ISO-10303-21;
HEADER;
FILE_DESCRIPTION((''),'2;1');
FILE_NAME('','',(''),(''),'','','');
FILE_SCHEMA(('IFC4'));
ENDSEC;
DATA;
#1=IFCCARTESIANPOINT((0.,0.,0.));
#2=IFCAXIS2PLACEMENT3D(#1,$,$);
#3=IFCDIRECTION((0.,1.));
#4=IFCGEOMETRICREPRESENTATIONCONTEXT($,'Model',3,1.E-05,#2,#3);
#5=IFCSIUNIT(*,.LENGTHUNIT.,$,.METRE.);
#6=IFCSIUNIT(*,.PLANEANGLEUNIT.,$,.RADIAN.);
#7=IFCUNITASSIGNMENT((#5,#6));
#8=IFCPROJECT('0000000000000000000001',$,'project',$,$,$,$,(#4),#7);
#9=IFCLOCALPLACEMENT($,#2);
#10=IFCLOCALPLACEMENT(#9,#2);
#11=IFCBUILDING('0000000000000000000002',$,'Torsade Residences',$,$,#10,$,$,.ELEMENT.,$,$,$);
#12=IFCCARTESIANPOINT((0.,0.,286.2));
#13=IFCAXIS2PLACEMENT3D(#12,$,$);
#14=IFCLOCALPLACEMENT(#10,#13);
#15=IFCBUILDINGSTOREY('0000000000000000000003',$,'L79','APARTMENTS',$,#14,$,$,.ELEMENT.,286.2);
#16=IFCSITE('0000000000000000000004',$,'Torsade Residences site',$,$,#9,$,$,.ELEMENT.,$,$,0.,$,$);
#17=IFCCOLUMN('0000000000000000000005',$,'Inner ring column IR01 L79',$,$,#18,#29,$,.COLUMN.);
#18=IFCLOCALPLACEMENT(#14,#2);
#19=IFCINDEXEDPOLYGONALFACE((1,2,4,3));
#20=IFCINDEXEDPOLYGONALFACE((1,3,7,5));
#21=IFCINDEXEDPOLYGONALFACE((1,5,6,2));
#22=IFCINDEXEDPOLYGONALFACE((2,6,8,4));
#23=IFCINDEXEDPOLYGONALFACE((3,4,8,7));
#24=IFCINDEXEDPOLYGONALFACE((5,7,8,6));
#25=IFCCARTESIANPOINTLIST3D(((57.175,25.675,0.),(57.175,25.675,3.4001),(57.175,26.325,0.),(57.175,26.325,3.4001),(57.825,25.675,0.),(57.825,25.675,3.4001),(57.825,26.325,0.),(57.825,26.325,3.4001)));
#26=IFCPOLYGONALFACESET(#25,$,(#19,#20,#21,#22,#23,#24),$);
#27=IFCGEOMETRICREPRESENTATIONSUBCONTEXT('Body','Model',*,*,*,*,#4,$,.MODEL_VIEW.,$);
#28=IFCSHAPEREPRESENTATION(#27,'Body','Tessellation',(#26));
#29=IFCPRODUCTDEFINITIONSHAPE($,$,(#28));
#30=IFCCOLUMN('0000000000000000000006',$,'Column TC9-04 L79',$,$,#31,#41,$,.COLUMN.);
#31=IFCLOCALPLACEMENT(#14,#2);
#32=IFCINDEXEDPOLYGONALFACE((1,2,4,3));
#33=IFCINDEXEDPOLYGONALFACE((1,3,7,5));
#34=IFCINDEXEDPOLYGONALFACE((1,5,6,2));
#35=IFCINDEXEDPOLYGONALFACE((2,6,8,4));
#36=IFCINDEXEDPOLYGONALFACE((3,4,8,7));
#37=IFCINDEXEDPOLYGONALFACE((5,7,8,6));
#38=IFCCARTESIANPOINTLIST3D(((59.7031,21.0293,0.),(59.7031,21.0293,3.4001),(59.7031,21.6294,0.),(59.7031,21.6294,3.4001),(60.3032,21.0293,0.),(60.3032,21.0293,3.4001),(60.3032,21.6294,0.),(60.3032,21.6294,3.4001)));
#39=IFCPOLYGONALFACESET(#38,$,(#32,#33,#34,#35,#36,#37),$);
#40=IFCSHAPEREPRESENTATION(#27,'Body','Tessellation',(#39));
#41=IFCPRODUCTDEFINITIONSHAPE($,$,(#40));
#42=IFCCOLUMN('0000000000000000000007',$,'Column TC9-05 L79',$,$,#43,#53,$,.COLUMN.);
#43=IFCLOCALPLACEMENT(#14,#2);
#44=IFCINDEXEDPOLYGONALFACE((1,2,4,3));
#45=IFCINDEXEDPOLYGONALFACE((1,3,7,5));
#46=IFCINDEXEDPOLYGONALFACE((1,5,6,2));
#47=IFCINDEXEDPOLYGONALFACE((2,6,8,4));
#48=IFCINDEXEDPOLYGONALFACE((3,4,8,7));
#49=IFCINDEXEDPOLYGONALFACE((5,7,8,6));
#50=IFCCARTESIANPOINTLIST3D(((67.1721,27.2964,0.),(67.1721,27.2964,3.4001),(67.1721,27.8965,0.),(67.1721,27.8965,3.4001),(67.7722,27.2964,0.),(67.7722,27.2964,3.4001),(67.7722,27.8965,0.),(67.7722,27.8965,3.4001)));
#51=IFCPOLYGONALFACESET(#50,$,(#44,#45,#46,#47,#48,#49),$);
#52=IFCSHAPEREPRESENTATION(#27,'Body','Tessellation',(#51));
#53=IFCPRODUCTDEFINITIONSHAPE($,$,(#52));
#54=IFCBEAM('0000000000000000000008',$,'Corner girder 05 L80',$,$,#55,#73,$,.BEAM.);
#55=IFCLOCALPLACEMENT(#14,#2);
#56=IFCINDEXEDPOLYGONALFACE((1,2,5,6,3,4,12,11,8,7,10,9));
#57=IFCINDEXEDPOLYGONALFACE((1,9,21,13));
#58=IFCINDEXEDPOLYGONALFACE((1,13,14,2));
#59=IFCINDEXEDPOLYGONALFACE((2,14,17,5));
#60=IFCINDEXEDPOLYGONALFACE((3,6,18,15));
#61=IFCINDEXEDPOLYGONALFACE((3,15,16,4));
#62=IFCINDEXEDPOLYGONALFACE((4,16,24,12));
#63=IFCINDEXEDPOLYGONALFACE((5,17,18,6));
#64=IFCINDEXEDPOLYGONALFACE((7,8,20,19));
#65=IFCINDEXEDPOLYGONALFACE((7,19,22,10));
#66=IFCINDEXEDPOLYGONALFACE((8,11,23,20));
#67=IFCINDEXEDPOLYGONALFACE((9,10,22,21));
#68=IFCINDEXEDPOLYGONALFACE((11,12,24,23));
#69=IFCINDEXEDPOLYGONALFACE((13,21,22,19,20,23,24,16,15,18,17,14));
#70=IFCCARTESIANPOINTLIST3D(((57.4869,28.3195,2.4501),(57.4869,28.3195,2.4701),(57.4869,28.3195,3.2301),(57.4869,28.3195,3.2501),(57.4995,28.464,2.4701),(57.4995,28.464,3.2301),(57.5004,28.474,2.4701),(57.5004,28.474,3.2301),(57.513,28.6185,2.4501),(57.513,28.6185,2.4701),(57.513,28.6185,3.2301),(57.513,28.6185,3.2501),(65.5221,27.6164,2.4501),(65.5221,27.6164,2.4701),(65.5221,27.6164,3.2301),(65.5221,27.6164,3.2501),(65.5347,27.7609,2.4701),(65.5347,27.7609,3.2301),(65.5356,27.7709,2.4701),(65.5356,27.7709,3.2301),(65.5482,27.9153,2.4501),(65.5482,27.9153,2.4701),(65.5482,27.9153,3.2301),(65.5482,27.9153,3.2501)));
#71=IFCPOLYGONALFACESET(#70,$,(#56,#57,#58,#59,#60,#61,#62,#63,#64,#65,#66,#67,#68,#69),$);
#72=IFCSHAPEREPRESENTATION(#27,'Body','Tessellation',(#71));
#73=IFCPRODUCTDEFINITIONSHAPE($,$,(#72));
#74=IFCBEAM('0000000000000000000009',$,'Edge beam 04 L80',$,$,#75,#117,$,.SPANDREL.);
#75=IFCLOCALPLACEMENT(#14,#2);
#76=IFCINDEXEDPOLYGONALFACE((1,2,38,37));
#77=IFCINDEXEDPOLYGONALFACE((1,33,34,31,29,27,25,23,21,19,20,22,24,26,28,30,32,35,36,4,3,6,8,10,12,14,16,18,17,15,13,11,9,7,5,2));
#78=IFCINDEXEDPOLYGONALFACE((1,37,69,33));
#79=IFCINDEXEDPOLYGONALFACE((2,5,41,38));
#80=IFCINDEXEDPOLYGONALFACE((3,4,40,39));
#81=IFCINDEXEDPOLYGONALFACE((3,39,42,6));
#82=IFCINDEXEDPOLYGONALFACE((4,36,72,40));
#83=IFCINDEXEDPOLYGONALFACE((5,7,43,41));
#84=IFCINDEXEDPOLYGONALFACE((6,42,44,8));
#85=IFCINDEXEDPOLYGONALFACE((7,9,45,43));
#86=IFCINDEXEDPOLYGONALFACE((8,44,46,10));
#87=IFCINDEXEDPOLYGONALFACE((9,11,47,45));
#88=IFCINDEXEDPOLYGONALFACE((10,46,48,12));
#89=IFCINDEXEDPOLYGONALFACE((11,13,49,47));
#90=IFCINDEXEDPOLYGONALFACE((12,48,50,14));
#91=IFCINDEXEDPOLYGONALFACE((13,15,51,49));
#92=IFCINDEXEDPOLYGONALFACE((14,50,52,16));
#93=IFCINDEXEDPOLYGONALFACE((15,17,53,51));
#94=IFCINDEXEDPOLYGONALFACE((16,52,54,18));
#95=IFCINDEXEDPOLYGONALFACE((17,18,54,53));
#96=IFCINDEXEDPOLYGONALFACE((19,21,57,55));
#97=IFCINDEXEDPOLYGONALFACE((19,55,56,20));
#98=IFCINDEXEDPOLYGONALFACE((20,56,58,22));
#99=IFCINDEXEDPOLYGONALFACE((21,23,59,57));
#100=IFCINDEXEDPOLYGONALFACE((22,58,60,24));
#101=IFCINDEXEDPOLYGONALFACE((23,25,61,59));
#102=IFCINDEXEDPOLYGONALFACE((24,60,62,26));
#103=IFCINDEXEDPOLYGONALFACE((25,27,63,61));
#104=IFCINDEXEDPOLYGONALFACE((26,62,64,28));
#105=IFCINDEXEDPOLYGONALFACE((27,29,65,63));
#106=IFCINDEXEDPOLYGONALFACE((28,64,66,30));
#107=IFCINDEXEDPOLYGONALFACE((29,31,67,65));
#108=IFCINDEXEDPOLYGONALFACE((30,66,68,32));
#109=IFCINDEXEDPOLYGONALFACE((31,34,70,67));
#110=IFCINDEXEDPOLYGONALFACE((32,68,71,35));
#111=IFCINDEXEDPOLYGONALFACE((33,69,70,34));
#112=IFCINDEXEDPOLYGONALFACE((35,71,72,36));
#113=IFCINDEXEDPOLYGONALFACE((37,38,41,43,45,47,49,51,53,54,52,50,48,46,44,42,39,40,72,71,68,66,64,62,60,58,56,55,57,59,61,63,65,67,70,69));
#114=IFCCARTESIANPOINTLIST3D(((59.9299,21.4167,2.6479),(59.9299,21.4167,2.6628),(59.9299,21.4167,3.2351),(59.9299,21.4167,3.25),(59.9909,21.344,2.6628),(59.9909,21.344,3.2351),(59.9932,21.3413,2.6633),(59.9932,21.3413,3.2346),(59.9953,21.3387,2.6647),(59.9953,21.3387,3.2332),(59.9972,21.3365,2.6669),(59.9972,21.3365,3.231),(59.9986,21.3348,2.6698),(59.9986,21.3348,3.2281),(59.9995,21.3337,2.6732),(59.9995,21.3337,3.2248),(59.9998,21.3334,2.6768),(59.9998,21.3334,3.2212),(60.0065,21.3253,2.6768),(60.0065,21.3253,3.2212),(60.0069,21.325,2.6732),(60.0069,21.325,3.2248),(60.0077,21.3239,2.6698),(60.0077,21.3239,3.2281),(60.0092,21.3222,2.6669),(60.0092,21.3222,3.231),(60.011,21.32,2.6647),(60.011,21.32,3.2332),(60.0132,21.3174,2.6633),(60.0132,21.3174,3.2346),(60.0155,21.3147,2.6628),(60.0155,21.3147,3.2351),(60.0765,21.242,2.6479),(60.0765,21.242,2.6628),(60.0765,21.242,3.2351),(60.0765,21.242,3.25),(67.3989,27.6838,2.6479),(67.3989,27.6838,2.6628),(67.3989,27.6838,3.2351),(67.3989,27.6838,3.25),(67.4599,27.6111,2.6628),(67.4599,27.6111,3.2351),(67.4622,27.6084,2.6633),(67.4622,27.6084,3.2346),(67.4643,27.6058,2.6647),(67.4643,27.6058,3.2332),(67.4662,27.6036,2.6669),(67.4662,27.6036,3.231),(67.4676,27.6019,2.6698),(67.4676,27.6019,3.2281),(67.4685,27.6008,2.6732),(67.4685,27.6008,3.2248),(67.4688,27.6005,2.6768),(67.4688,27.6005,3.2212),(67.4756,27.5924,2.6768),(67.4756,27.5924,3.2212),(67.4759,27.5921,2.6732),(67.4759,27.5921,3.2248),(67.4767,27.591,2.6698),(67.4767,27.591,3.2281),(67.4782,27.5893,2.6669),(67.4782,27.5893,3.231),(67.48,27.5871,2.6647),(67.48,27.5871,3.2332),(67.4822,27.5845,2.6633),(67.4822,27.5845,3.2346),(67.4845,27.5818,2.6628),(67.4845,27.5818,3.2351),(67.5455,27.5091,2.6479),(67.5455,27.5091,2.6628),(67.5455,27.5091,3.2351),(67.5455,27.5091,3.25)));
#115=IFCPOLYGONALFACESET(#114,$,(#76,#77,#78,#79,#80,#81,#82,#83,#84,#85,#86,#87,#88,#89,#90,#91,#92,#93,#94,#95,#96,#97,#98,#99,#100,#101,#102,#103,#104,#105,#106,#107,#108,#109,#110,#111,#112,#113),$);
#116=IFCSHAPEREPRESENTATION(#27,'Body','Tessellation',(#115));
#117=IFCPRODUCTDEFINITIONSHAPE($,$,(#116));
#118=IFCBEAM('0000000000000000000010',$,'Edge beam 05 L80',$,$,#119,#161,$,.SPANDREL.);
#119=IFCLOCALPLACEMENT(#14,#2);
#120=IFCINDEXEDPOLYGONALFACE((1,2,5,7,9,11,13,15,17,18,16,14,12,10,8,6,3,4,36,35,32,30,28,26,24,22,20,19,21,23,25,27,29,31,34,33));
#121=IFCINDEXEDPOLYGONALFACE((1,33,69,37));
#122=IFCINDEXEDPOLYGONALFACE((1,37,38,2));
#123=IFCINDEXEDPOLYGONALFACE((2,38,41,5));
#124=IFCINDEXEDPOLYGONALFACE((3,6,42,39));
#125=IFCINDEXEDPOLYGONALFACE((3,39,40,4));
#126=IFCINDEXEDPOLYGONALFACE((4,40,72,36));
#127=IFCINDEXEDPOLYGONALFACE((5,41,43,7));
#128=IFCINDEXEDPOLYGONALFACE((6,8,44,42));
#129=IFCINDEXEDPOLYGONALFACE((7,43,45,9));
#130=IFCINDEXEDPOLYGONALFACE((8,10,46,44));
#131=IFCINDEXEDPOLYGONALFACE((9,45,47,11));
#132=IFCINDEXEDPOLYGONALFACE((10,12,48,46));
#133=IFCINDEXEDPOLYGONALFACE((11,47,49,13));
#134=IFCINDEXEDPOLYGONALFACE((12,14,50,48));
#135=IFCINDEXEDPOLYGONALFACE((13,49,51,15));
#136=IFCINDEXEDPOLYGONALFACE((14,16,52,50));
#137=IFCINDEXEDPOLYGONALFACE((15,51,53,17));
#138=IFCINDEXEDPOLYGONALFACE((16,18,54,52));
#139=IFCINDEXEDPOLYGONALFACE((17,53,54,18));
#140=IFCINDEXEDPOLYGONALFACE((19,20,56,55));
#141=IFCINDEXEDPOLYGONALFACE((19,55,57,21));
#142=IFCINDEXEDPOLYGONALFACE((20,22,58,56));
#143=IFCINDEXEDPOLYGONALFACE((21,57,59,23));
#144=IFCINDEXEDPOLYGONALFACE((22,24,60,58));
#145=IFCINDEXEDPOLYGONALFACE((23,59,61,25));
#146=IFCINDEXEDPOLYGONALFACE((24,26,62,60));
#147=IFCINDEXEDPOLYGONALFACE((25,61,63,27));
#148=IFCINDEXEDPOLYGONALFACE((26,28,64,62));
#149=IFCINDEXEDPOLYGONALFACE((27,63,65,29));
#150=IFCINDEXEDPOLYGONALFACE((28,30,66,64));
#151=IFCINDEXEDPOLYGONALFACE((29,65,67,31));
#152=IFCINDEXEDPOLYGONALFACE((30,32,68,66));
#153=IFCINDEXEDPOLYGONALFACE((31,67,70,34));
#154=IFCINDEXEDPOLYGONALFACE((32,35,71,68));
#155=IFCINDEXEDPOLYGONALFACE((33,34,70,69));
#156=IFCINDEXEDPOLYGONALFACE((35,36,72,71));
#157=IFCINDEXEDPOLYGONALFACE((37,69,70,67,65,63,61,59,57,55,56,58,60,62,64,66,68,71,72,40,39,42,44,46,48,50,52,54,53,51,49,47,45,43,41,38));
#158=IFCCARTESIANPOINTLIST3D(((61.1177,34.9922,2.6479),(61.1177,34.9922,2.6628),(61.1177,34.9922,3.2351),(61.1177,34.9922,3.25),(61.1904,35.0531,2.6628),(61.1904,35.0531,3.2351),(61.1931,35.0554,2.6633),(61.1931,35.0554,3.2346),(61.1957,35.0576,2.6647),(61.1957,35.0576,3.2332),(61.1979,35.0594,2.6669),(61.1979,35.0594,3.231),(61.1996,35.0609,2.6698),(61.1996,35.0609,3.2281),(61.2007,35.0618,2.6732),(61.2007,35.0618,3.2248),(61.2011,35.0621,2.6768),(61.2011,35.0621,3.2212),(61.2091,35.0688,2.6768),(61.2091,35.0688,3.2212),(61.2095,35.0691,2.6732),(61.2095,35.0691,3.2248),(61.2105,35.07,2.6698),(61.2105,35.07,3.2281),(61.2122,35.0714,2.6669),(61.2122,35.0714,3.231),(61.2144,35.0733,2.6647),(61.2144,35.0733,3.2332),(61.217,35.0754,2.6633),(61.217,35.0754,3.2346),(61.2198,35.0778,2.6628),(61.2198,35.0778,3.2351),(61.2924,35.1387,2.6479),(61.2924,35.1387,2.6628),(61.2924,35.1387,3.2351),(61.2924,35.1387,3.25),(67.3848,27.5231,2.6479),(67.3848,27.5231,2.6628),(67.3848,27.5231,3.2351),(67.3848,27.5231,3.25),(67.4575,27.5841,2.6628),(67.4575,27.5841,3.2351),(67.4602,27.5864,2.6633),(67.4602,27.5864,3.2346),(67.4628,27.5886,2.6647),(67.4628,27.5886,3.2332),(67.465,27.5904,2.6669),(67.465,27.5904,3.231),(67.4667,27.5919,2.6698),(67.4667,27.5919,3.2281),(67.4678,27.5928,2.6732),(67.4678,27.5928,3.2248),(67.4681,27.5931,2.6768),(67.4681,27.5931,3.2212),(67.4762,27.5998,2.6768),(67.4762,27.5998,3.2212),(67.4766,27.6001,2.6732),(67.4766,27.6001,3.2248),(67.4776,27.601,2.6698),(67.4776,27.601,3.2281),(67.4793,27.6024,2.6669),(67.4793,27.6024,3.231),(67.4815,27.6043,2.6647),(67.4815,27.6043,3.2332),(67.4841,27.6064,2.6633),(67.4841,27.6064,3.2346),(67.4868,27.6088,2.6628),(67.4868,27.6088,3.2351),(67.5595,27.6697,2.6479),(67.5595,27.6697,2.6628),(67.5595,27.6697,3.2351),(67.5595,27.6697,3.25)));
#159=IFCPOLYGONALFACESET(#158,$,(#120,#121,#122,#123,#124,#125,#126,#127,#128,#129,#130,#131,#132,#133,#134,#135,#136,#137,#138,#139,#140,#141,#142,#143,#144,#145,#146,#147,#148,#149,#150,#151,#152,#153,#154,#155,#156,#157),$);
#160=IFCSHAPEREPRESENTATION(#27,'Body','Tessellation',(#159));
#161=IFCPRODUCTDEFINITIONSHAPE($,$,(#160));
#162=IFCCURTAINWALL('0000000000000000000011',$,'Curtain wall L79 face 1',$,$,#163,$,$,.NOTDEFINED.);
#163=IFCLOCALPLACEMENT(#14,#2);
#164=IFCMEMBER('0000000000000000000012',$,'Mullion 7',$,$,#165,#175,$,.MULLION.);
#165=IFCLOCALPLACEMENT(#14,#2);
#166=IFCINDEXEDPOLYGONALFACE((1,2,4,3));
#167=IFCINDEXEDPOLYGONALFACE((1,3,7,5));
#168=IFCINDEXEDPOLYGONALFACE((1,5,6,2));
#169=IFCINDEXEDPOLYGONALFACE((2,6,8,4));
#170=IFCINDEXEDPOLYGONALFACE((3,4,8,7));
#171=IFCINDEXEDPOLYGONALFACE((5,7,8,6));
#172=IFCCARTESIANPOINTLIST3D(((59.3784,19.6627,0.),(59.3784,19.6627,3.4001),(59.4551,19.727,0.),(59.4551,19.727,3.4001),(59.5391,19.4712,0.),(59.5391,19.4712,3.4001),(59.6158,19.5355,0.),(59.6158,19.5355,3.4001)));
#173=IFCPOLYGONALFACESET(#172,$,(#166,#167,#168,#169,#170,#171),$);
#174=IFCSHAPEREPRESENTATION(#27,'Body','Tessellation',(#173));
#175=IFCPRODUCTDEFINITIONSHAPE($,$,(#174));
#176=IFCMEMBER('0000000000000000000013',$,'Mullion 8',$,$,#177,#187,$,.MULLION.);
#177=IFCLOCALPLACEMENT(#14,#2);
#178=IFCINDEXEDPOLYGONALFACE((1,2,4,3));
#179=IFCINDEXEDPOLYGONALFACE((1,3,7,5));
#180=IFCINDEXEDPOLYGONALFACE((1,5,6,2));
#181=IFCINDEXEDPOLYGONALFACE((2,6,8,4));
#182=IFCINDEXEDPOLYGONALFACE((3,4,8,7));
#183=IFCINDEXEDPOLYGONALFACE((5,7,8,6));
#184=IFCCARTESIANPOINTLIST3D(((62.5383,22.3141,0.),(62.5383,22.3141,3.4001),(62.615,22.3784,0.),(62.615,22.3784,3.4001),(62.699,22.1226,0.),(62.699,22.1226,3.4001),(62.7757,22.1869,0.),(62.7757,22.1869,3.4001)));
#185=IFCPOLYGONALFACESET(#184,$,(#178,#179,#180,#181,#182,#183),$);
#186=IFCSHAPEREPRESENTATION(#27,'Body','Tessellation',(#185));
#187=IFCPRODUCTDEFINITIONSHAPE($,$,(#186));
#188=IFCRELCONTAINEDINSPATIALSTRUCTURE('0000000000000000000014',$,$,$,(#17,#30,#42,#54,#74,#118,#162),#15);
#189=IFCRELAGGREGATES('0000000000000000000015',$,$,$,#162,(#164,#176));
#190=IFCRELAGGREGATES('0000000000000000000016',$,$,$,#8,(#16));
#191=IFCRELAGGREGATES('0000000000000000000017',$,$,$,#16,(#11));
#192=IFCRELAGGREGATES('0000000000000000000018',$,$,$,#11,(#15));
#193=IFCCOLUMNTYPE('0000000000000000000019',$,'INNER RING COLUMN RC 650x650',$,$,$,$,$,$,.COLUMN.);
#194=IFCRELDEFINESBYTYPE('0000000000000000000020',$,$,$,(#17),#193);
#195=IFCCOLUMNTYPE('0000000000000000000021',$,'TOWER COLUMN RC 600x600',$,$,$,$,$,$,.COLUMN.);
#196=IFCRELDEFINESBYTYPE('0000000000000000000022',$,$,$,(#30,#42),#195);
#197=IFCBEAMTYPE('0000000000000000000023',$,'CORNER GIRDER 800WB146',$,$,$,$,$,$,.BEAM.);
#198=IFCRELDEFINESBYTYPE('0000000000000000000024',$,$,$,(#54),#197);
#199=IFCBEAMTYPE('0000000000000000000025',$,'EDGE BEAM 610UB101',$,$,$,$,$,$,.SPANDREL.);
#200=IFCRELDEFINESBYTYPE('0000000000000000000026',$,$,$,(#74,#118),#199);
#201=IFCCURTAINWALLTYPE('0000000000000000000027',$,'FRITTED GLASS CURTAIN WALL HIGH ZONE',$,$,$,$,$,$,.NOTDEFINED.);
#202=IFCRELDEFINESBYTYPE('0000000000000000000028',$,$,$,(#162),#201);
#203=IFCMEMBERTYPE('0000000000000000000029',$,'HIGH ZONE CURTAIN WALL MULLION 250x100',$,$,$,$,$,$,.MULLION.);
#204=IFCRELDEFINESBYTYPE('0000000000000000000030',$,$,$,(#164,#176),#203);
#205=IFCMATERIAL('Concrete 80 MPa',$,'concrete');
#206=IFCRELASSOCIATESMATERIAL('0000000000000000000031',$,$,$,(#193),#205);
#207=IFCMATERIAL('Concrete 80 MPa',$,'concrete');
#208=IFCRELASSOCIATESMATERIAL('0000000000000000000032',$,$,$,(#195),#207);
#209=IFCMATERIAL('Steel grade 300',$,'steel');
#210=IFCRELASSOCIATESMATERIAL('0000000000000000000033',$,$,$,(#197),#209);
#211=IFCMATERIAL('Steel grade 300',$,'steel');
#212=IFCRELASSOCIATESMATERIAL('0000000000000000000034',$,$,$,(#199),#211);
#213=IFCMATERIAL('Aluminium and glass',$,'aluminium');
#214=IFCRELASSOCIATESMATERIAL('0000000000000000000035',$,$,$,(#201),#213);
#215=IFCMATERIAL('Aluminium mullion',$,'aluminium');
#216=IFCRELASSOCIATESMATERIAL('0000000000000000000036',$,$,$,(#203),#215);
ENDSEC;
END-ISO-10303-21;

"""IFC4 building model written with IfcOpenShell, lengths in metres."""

from ifc_helpers import new_model, si_unit, direction, frame, origin, origin_2d, place, context, subcontext, project, spatial, rectangle, i_section, extrude, material, material_profile, profile_set, type_object, element, aggregate, save


model = new_model("IFC4")

# Units and contexts
model_context = context("Model", 3, precision=1e-05, world=origin(), true_north=direction((0.0, 1.0)))
body_context = subcontext(model_context, "Body", "Model", "MODEL_VIEW")
ifc_project = project(units=[si_unit("LENGTHUNIT", "METRE"), si_unit("PLANEANGLEUNIT", "RADIAN")], contexts=[model_context])

# Site, building, storey
site_placement = place(None, origin())
site = spatial("IfcSite", under=ifc_project, at=site_placement, Name="Torsade Residences site", CompositionType="ELEMENT", RefElevation=0.0)
building_placement = place(site_placement, origin())
building = spatial("IfcBuilding", under=site, at=building_placement, Name="Torsade Residences", CompositionType="ELEMENT")
storey_placement = place(building_placement, frame((0.0, 0.0, 286.2)))
storey = spatial("IfcBuildingStorey", under=building, at=storey_placement, Name="L79", Description="APARTMENTS", CompositionType="ELEMENT", Elevation=286.2)

# Columns
ifc_material_1 = material(Name="Concrete 80 MPa", Category="concrete")
ifc_material_profile_1 = material_profile(ifc_material_1, rectangle(XDim=0.6499, YDim=0.6499, at=origin_2d()), Name="RC 650x650")
ifc_profile_set_1 = profile_set([ifc_material_profile_1], Name="Concrete 80 MPa")
column_type_1 = type_object("IfcColumnType", Name="INNER RING COLUMN RC 650x650", PredefinedType="COLUMN", material=ifc_profile_set_1)
column_placement = place(storey_placement, frame((57.5, 26.0, 0.0), z_axis=(0.0, 0.0, 1.0), x_axis=(1.0, 0.0, 0.0)))
element("IfcColumn", 1, at=column_placement, inside=storey, type_object=column_type_1, Name="Inner ring column IR01 L79", PredefinedType="COLUMN", context=body_context, shape_type="SweptSolid", body=[
    extrude(rectangle(XDim=0.6499, YDim=0.6499, at=origin_2d()), origin(), (0.0, 0.0, 1.0), 3.4001),
])
ifc_material_2 = material(Name="Concrete 80 MPa", Category="concrete")
ifc_material_profile_2 = material_profile(ifc_material_2, rectangle(XDim=0.6001, YDim=0.6001, at=origin_2d()), Name="RC 600x600")
ifc_profile_set_2 = profile_set([ifc_material_profile_2], Name="Concrete 80 MPa")
column_type_2 = type_object("IfcColumnType", Name="TOWER COLUMN RC 600x600", PredefinedType="COLUMN", material=ifc_profile_set_2)
for number, where, z_axis, x_axis, name in (
    (2, (60.0032, 21.3293, 0.0), (0.0, 0.0, 1.0), (1.0, 0.0, 0.0), "Column TC9-04 L79"),
    (3, (67.4722, 27.5964, 0.0), (0.0, 0.0, 1.0), (1.0, 0.0, 0.0), "Column TC9-05 L79"),
):
    element("IfcColumn", number, at=place(storey_placement, frame(where, z_axis=z_axis, x_axis=x_axis)), inside=storey, type_object=column_type_2, Name=name, PredefinedType="COLUMN", context=body_context, shape_type="SweptSolid", body=[
        extrude(rectangle(XDim=0.6001, YDim=0.6001, at=origin_2d()), origin(), (0.0, 0.0, 1.0), 3.4001),
    ])

# Beams
ifc_material_3 = material(Name="Steel grade 300", Category="steel")
ifc_material_profile_3 = material_profile(ifc_material_3, i_section(OverallWidth=0.3, OverallDepth=0.8, WebThickness=0.01, FlangeThickness=0.02, at=origin_2d()), Name="800WB146")
ifc_profile_set_3 = profile_set([ifc_material_profile_3], Name="Steel grade 300")
beam_type_1 = type_object("IfcBeamType", Name="CORNER GIRDER 800WB146", PredefinedType="BEAM", material=ifc_profile_set_3)
beam_1_placement = place(storey_placement, frame((65.5352, 27.7659, 2.8501), z_axis=(-0.996193, 0.087173, 0.0), x_axis=(-0.087173, -0.996193, 0.0)))
element("IfcBeam", 4, at=beam_1_placement, inside=storey, type_object=beam_type_1, Name="Corner girder 05 L80", PredefinedType="BEAM", context=body_context, shape_type="SweptSolid", body=[
    extrude(i_section(OverallWidth=0.3, OverallDepth=0.8, WebThickness=0.01, FlangeThickness=0.02, at=origin_2d()), origin(), (0.0, 0.0, 1.0), 8.0659),
])
ifc_material_4 = material(Name="Steel grade 300", Category="steel")
ifc_material_profile_4 = material_profile(ifc_material_4, i_section(OverallWidth=0.228, OverallDepth=0.6021, WebThickness=0.0105, FlangeThickness=0.0149, FilletRadius=0.0139, at=origin_2d()), Name="610UB101")
ifc_profile_set_4 = profile_set([ifc_material_profile_4], Name="Steel grade 300")
beam_type_2 = type_object("IfcBeamType", Name="EDGE BEAM 610UB101", PredefinedType="SPANDREL", material=ifc_profile_set_4)
for number, where, z_axis, x_axis, name in (
    (5, (60.0032, 21.3293, 2.949), (0.766052, 0.642779, 0.0), (-0.642779, 0.766052, 0.0), "Edge beam 04 L80"),
    (6, (67.4722, 27.5964, 2.949), (-0.642779, 0.766052, 0.0), (-0.766052, -0.642779, 0.0), "Edge beam 05 L80"),
):
    element("IfcBeam", number, at=place(storey_placement, frame(where, z_axis=z_axis, x_axis=x_axis)), inside=storey, type_object=beam_type_2, Name=name, PredefinedType="SPANDREL", context=body_context, shape_type="SweptSolid", body=[
        extrude(i_section(OverallWidth=0.228, OverallDepth=0.6021, WebThickness=0.0105, FlangeThickness=0.0149, FilletRadius=0.0139, at=origin_2d()), origin(), (0.0, 0.0, 1.0), 9.75),
    ])

# Curtain wall, members
ifc_material_5 = material(Name="Aluminium and glass", Category="aluminium")
curtain_wall_type = type_object("IfcCurtainWallType", Name="FRITTED GLASS CURTAIN WALL HIGH ZONE", PredefinedType="NOTDEFINED", material=ifc_material_5)
curtain_wall_placement = place(storey_placement, origin())
curtain_wall = element("IfcCurtainWall", 7, at=curtain_wall_placement, inside=storey, type_object=curtain_wall_type, Name="Curtain wall L79 face 1", PredefinedType="NOTDEFINED")
ifc_material_6 = material(Name="Aluminium mullion", Category="aluminium")
ifc_material_profile_5 = material_profile(ifc_material_6, rectangle(XDim=0.25, YDim=0.1001, at=origin_2d()), Name="HIGH ZONE CURTAIN WALL MULLION 250x100")
ifc_profile_set_5 = profile_set([ifc_material_profile_5], Name="Aluminium mullion")
member_type_1 = type_object("IfcMemberType", Name="HIGH ZONE CURTAIN WALL MULLION 250x100", PredefinedType="MULLION", material=ifc_profile_set_5)
member_1_placement = place(storey_placement, frame((59.4971, 19.5991, 0.0), z_axis=(0.0, 0.0, 1.0), x_axis=(-0.642788, 0.766044, 0.0)))
member_1 = element("IfcMember", 8, at=member_1_placement, type_object=member_type_1, Name="Mullion 7", PredefinedType="MULLION", context=body_context, shape_type="SweptSolid", body=[
    extrude(rectangle(XDim=0.25, YDim=0.1001, at=origin_2d()), origin(), (0.0, 0.0, 1.0), 3.4001),
])
member_2_placement = place(storey_placement, frame((62.657, 22.2505, 0.0), z_axis=(0.0, 0.0, 1.0), x_axis=(-0.642788, 0.766044, 0.0)))
member_2 = element("IfcMember", 9, at=member_2_placement, type_object=member_type_1, Name="Mullion 8", PredefinedType="MULLION", context=body_context, shape_type="SweptSolid", body=[
    extrude(rectangle(XDim=0.25, YDim=0.1001, at=origin_2d()), origin(), (0.0, 0.0, 1.0), 3.4001),
])

aggregate(curtain_wall, [member_1, member_2])

save(model, "model.ifc")
